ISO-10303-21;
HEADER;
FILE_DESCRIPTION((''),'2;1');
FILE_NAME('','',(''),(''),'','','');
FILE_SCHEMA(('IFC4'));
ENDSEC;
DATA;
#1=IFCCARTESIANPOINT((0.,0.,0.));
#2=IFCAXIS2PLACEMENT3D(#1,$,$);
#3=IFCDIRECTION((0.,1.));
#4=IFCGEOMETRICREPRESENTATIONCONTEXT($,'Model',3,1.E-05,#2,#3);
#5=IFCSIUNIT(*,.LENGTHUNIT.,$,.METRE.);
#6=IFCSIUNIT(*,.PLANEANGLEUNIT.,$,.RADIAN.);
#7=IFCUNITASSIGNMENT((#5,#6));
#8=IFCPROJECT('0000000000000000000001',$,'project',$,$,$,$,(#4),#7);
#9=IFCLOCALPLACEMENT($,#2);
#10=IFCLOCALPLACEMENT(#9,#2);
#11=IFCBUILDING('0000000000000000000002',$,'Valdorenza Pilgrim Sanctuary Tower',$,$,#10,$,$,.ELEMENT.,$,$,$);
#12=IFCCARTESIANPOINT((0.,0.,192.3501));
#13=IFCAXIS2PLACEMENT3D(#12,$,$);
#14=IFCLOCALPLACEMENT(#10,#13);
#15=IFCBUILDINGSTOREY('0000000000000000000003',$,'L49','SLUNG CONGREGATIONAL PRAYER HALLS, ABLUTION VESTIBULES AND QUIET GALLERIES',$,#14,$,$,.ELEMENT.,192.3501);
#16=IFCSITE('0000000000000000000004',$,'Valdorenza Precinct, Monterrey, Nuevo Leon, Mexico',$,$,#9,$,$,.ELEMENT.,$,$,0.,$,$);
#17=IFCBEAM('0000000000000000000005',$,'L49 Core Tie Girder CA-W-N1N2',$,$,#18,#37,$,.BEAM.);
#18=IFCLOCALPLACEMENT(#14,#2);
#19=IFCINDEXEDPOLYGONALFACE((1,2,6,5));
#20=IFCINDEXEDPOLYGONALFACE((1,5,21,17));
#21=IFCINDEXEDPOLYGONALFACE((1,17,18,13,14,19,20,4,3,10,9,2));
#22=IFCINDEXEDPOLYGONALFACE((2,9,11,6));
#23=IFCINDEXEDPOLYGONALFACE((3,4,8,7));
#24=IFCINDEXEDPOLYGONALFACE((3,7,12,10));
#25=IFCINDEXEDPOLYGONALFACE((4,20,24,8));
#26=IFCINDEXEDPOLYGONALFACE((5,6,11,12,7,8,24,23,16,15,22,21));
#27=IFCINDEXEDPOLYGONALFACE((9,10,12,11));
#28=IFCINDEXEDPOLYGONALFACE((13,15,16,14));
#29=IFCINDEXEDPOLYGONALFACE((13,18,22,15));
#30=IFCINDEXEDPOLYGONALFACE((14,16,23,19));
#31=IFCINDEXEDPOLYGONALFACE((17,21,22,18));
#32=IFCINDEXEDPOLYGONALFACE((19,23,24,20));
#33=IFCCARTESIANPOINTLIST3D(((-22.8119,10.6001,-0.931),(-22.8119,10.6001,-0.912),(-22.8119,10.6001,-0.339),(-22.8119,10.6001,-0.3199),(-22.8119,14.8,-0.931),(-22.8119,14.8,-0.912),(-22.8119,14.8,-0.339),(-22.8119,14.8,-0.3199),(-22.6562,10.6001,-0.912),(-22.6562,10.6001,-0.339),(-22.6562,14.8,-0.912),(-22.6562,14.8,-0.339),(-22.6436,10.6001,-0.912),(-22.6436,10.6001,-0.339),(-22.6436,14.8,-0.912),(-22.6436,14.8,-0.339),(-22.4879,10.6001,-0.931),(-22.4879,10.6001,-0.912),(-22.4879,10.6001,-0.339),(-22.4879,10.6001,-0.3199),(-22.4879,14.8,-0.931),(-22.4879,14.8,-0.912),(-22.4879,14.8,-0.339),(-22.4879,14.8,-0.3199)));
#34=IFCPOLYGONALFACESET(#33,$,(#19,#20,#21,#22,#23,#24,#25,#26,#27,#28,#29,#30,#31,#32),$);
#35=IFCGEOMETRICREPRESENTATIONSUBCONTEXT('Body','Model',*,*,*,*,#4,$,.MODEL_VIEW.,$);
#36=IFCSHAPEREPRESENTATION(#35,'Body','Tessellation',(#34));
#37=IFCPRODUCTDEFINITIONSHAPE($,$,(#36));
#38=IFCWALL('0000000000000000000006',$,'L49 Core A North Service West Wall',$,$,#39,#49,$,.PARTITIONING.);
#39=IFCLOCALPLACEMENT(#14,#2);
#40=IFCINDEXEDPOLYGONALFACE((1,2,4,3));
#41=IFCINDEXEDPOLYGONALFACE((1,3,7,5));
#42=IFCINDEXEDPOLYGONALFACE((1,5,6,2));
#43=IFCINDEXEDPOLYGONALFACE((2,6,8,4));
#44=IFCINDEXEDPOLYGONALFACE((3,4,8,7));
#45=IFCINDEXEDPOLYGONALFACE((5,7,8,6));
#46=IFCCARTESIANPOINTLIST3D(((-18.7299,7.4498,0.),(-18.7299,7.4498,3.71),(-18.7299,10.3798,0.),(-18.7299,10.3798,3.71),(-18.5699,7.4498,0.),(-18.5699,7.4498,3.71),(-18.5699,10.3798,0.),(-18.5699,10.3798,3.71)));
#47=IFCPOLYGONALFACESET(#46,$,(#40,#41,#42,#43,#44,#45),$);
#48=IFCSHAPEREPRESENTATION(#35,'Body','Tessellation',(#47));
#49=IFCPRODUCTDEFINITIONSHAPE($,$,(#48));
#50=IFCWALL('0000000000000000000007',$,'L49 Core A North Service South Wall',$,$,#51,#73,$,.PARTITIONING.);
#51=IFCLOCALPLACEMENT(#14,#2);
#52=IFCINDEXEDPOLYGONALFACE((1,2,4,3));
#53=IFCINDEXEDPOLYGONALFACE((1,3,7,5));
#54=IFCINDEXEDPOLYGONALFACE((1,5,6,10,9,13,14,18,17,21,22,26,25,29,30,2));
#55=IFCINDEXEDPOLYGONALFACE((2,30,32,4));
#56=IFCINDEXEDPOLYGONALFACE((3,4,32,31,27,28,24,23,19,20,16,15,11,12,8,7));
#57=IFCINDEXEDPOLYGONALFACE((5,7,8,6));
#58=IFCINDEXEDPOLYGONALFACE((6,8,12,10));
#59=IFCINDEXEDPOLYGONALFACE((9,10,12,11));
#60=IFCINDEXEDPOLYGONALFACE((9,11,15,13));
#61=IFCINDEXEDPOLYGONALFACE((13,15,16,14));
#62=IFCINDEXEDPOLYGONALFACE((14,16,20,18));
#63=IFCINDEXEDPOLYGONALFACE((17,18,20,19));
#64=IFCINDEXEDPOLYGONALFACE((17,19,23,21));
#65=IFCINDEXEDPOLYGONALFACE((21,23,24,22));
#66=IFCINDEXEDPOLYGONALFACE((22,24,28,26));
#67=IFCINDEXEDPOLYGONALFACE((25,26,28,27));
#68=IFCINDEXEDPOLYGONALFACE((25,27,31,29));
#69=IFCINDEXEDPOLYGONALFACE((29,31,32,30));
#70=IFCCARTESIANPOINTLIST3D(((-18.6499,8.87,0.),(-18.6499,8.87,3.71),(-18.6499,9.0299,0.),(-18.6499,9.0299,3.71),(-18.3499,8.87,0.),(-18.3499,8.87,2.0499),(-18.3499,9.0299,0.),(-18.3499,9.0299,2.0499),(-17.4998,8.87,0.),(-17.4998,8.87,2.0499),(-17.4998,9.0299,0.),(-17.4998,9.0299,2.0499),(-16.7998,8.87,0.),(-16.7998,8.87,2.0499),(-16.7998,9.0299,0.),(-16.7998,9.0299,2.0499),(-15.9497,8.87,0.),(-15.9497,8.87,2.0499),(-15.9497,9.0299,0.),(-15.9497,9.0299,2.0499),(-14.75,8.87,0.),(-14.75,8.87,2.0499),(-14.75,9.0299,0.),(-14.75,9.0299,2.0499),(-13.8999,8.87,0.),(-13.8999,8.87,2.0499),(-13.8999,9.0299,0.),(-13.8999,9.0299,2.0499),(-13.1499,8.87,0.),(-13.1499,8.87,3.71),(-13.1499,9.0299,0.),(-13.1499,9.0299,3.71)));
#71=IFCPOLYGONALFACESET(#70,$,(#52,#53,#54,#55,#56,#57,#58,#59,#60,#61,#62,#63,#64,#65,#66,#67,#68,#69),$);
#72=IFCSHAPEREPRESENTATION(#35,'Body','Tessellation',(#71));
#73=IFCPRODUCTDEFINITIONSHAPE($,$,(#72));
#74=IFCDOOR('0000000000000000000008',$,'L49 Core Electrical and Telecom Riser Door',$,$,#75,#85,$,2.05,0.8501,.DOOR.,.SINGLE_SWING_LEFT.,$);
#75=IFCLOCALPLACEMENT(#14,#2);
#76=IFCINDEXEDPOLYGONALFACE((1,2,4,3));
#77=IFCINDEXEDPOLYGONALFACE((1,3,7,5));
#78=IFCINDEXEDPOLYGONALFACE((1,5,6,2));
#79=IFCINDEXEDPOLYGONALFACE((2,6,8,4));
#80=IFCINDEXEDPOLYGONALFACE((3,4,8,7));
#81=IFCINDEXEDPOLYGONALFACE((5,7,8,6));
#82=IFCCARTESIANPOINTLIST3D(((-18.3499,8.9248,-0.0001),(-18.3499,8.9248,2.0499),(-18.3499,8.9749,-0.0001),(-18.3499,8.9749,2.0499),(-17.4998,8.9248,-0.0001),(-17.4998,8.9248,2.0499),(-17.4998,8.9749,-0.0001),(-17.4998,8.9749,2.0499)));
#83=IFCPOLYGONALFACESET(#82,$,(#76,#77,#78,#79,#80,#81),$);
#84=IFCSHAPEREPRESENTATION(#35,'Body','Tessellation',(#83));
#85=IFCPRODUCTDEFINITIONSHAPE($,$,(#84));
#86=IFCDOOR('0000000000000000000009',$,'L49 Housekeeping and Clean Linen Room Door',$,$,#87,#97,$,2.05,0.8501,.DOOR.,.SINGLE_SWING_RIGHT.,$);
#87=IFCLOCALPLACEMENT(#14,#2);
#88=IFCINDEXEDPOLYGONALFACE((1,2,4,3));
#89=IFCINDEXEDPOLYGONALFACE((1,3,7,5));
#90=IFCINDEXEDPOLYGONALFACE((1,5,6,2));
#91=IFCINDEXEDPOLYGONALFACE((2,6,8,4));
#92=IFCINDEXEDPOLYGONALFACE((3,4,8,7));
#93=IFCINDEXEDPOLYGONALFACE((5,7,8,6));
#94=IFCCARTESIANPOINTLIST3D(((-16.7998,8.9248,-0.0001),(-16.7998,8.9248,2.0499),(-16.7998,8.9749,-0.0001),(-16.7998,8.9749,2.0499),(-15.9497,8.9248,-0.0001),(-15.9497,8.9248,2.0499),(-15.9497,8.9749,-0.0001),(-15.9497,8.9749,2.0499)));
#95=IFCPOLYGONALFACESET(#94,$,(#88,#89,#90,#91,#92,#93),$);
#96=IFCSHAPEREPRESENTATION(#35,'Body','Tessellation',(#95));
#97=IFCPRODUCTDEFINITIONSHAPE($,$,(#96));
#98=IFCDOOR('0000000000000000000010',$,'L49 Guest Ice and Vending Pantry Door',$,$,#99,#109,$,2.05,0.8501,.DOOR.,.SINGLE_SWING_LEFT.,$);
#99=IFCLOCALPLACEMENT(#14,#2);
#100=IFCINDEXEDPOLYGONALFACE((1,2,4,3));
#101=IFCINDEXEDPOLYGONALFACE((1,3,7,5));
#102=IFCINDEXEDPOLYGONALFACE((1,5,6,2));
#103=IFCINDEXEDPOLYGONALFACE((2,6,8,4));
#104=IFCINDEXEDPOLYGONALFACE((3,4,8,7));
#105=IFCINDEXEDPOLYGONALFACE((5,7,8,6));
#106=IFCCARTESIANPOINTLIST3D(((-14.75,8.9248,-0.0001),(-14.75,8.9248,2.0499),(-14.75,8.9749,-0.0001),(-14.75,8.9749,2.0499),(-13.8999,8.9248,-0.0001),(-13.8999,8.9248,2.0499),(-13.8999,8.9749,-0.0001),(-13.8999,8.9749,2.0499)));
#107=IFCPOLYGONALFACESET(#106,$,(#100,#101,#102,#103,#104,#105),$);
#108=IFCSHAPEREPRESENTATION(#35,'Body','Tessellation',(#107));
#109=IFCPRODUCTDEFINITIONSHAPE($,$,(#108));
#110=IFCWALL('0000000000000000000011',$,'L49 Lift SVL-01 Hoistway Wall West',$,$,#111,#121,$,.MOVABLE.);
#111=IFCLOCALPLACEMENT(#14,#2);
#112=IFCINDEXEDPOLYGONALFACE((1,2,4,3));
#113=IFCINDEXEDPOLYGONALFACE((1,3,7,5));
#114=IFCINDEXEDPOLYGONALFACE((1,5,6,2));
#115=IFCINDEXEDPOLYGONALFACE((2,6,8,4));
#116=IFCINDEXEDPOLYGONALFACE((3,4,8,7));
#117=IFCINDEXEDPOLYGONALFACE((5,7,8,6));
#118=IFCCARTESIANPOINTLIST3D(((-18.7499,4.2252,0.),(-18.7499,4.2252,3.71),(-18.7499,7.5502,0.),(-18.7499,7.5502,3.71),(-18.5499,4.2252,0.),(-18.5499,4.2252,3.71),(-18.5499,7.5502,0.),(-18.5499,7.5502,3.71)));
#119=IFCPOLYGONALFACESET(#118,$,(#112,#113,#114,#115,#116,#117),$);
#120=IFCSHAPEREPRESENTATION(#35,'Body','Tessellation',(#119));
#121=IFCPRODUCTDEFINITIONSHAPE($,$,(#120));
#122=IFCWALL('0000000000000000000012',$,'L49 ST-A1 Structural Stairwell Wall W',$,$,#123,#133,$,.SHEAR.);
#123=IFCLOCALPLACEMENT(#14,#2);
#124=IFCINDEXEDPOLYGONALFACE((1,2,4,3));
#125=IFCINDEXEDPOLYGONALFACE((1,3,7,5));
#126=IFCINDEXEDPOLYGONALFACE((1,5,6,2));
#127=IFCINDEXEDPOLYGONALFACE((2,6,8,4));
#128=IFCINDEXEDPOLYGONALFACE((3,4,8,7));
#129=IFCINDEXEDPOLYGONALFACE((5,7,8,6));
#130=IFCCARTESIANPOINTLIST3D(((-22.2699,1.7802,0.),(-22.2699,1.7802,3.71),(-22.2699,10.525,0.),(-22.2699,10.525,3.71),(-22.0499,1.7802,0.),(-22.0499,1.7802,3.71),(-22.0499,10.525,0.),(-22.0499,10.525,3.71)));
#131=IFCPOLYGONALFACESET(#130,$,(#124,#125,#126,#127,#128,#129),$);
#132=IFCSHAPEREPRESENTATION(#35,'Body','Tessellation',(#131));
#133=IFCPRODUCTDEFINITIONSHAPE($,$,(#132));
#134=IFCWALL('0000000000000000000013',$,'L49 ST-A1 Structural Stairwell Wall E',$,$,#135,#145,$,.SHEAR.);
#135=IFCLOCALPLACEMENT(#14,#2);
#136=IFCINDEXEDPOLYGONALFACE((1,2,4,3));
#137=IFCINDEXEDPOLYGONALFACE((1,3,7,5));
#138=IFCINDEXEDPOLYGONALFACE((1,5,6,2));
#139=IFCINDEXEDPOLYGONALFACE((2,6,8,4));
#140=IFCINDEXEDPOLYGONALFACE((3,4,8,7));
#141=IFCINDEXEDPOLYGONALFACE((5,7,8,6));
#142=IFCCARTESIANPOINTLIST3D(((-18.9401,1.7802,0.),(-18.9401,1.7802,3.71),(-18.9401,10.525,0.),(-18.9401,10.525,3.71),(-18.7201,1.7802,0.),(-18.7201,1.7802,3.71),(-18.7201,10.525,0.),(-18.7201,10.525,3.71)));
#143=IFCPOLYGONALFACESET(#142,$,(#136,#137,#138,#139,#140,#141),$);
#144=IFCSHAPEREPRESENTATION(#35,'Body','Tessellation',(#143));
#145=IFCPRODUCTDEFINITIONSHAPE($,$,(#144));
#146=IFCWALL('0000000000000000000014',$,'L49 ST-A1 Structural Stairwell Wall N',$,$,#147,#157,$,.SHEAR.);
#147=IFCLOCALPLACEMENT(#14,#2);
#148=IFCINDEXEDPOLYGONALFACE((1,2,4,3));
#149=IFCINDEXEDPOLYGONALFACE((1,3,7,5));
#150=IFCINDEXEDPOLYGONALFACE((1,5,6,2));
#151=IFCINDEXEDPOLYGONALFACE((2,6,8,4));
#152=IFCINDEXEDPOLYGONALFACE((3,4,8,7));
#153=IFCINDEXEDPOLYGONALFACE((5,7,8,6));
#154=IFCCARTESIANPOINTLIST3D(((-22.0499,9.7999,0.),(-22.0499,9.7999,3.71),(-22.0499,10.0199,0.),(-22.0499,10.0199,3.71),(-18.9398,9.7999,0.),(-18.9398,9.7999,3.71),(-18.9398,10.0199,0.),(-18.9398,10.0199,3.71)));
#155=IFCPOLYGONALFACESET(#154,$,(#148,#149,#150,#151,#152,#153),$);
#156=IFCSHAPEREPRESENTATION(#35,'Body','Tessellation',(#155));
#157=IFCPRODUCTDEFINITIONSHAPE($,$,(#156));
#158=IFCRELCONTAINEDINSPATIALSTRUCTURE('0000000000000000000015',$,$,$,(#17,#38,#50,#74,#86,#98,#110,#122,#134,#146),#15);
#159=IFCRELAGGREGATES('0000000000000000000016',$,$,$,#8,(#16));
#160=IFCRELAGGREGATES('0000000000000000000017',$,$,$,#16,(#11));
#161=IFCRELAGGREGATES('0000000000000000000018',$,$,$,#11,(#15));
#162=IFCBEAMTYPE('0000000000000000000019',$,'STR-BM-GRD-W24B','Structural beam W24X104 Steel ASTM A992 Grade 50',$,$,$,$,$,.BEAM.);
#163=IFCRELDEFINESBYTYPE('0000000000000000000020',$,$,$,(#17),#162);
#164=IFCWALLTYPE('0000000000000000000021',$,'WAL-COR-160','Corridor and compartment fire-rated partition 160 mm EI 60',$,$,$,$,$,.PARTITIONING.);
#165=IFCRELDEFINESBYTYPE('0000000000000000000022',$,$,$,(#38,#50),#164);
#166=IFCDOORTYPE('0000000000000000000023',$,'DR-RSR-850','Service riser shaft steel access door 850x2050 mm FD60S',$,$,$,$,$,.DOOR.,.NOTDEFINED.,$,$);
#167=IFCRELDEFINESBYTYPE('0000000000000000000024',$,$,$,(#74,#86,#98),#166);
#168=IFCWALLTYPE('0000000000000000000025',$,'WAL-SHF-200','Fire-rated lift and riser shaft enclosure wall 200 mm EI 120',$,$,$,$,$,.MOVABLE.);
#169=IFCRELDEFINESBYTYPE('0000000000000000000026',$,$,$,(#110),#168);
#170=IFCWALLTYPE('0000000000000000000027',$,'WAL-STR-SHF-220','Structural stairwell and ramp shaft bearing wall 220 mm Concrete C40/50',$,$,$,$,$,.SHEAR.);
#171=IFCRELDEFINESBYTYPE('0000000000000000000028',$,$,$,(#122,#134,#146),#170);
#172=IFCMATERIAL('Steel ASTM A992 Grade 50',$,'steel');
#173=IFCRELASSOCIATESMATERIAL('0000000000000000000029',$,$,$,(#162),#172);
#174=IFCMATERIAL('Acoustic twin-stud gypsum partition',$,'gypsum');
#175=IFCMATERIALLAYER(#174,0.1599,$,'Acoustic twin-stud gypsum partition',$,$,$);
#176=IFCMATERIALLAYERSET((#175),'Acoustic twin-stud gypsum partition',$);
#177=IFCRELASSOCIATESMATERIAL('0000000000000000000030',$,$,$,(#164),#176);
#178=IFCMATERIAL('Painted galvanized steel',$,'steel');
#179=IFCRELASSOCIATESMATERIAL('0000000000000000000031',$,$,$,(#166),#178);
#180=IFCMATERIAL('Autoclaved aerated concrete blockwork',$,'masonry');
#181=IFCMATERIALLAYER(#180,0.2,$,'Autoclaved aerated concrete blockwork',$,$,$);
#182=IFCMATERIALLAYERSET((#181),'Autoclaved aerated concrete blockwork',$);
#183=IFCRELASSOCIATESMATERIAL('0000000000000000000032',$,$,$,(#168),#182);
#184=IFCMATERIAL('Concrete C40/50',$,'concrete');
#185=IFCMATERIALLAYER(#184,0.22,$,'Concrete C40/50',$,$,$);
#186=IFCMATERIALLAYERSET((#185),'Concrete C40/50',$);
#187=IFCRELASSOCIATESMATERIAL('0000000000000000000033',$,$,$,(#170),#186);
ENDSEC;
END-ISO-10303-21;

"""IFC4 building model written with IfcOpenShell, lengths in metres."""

from ifc_helpers import new_model, si_unit, direction, frame, frame_2d, origin, origin_2d, place, context, subcontext, project, spatial, rectangle, i_section, extrude, source, transform, mapped, material, layer, layer_set, material_profile, profile_set, type_object, element, fill, save


model = new_model("IFC4")

# Units and contexts
model_context = context("Model", 3, precision=1e-05, world=origin(), true_north=direction((0.0, 1.0)))
body_context = subcontext(model_context, "Body", "Model", "MODEL_VIEW")
ifc_project = project(units=[si_unit("LENGTHUNIT", "METRE"), si_unit("PLANEANGLEUNIT", "RADIAN")], contexts=[model_context])

# Site, building, storey
site_placement = place(None, origin())
site = spatial("IfcSite", under=ifc_project, at=site_placement, Name="Valdorenza Precinct, Monterrey, Nuevo Leon, Mexico", CompositionType="ELEMENT", RefElevation=0.0)
building_placement = place(site_placement, origin())
building = spatial("IfcBuilding", under=site, at=building_placement, Name="Valdorenza Pilgrim Sanctuary Tower", CompositionType="ELEMENT")
storey_placement = place(building_placement, frame((0.0, 0.0, 192.3501)))
storey = spatial("IfcBuildingStorey", under=building, at=storey_placement, Name="L49", Description="SLUNG CONGREGATIONAL PRAYER HALLS, ABLUTION VESTIBULES AND QUIET GALLERIES", CompositionType="ELEMENT", Elevation=192.3501)

# Beam
ifc_material_1 = material(Name="Steel ASTM A992 Grade 50", Category="steel")
ifc_material_profile = material_profile(ifc_material_1, i_section(OverallWidth=0.324, OverallDepth=0.6111, WebThickness=0.0127, FlangeThickness=0.019, at=origin_2d()), Name="W24X104")
ifc_profile_set = profile_set([ifc_material_profile], Name="Steel ASTM A992 Grade 50")
beam_type = type_object("IfcBeamType", Name="STR-BM-GRD-W24B", Description="Structural beam W24X104 Steel ASTM A992 Grade 50", PredefinedType="BEAM", material=ifc_profile_set)
shared_shape = source(origin(), body_context, "Body", "SweptSolid", [
    extrude(i_section(OverallWidth=0.324, OverallDepth=0.6111, WebThickness=0.0127, FlangeThickness=0.019, at=origin_2d()), origin(), (0.0, 0.0, 1.0), 4.2),
])
beam_placement = place(storey_placement, frame((-22.6499, 10.6001, -0.6255), z_axis=(0.0, 1.0, 0.0), x_axis=(-1.0, 0.0, 0.0)))
element("IfcBeam", 1, at=beam_placement, inside=storey, type_object=beam_type, Name="L49 Core Tie Girder CA-W-N1N2", PredefinedType="BEAM", context=body_context, shape_type="MappedRepresentation", body=[
    mapped(shared_shape, transform((0.0, 0.0, 0.0), x_axis=(1.0, 0.0, 0.0), y_axis=(0.0, 1.0, 0.0), z_axis=(0.0, 0.0, 1.0), scale=1.0)),
])

# Wall
ifc_material_2 = material(Name="Acoustic twin-stud gypsum partition", Category="gypsum")
ifc_layer_1 = layer(ifc_material_2, 0.1599, Name="Acoustic twin-stud gypsum partition")
ifc_layer_set_1 = layer_set([ifc_layer_1], Name="Acoustic twin-stud gypsum partition")
wall_type_1 = type_object("IfcWallType", Name="WAL-COR-160", Description="Corridor and compartment fire-rated partition 160 mm EI 60", PredefinedType="PARTITIONING", material=ifc_layer_set_1)
wall_1_placement = place(storey_placement, frame((-18.6499, 7.45, 0.0), z_axis=(0.0, 0.0, 1.0), x_axis=(0.0, 1.0, 0.0)))
element("IfcWall", 2, at=wall_1_placement, inside=storey, type_object=wall_type_1, Name="L49 Core A North Service West Wall", PredefinedType="PARTITIONING", context=body_context, shape_type="SweptSolid", body=[
    extrude(rectangle(XDim=2.9299, YDim=0.1599, at=frame_2d((1.4648, 0.0))), origin(), (0.0, 0.0, 1.0), 3.71),
])

# Wall, openings, doors
wall_2_placement = place(storey_placement, frame((-18.6499, 8.95, 0.0), z_axis=(0.0, 0.0, 1.0), x_axis=(1.0, 0.0, 0.0)))
wall_2 = element("IfcWall", 3, at=wall_2_placement, inside=storey, type_object=wall_type_1, Name="L49 Core A North Service South Wall", PredefinedType="PARTITIONING", context=body_context, shape_type="SweptSolid", body=[
    extrude(rectangle(XDim=5.5, YDim=0.1599, at=frame_2d((2.75, 0.0))), origin(), (0.0, 0.0, 1.0), 3.71),
])
opening_1_placement = place(wall_2_placement, frame((0.3, 0.0, 0.0)))
opening_1 = element("IfcOpeningElement", 4, at=opening_1_placement, cuts=wall_2, PredefinedType="OPENING", context=body_context, shape_type="SweptSolid", body=[
    extrude(rectangle(XDim=0.8501, YDim=2.05, at=frame_2d((0.425, 1.0249))), frame((0.0, 0.0947, 0.0), z_axis=(0.0, -1.0, 0.0), x_axis=(1.0, 0.0, 0.0)), (0.0, 0.0, 1.0), 0.1897),
])
opening_2_placement = place(wall_2_placement, frame((1.8501, 0.0, 0.0)))
opening_2 = element("IfcOpeningElement", 5, at=opening_2_placement, cuts=wall_2, PredefinedType="OPENING", context=body_context, shape_type="SweptSolid", body=[
    extrude(rectangle(XDim=0.8501, YDim=2.05, at=frame_2d((0.425, 1.0249))), frame((0.0, 0.0947, 0.0), z_axis=(0.0, -1.0, 0.0), x_axis=(1.0, 0.0, 0.0)), (0.0, 0.0, 1.0), 0.1897),
])
opening_3_placement = place(wall_2_placement, frame((3.8999, 0.0, 0.0)))
opening_3 = element("IfcOpeningElement", 6, at=opening_3_placement, cuts=wall_2, PredefinedType="OPENING", context=body_context, shape_type="SweptSolid", body=[
    extrude(rectangle(XDim=0.8501, YDim=2.05, at=frame_2d((0.425, 1.0249))), frame((0.0, 0.0947, 0.0), z_axis=(0.0, -1.0, 0.0), x_axis=(1.0, 0.0, 0.0)), (0.0, 0.0, 1.0), 0.1897),
])
ifc_material_3 = material(Name="Painted galvanized steel", Category="steel")
door_type_1 = type_object("IfcDoorType", Name="DR-RSR-850", Description="Service riser shaft steel access door 850x2050 mm FD60S", OperationType="NOTDEFINED", PredefinedType="DOOR", material=ifc_material_3)
door_1_placement = place(opening_1_placement, origin())
door_1 = element("IfcDoor", 7, at=door_1_placement, inside=storey, type_object=door_type_1, Name="L49 Core Electrical and Telecom Riser Door", OperationType="SINGLE_SWING_LEFT", OverallHeight=2.05, OverallWidth=0.8501, PredefinedType="DOOR", context=body_context, shape_type="SweptSolid", body=[
    extrude(rectangle(XDim=0.8501, YDim=2.05, at=frame_2d((0.425, 1.0249))), frame((0.0, 0.0249, 0.0), z_axis=(0.0, -1.0, 0.0), x_axis=(1.0, 0.0, 0.0)), (0.0, 0.0, 1.0), 0.05),
])
fill(opening_1, door_1)
door_2_placement = place(opening_2_placement, origin())
door_2 = element("IfcDoor", 8, at=door_2_placement, inside=storey, type_object=door_type_1, Name="L49 Housekeeping and Clean Linen Room Door", OperationType="SINGLE_SWING_RIGHT", OverallHeight=2.05, OverallWidth=0.8501, PredefinedType="DOOR", context=body_context, shape_type="SweptSolid", body=[
    extrude(rectangle(XDim=0.8501, YDim=2.05, at=frame_2d((0.425, 1.0249))), frame((0.0, 0.0249, 0.0), z_axis=(0.0, -1.0, 0.0), x_axis=(1.0, 0.0, 0.0)), (0.0, 0.0, 1.0), 0.05),
])
fill(opening_2, door_2)
door_3_placement = place(opening_3_placement, origin())
door_3 = element("IfcDoor", 9, at=door_3_placement, inside=storey, type_object=door_type_1, Name="L49 Guest Ice and Vending Pantry Door", OperationType="SINGLE_SWING_LEFT", OverallHeight=2.05, OverallWidth=0.8501, PredefinedType="DOOR", context=body_context, shape_type="SweptSolid", body=[
    extrude(rectangle(XDim=0.8501, YDim=2.05, at=frame_2d((0.425, 1.0249))), frame((0.0, 0.0249, 0.0), z_axis=(0.0, -1.0, 0.0), x_axis=(1.0, 0.0, 0.0)), (0.0, 0.0, 1.0), 0.05),
])
fill(opening_3, door_3)

# Walls
ifc_material_4 = material(Name="Autoclaved aerated concrete blockwork", Category="masonry")
ifc_layer_2 = layer(ifc_material_4, 0.2, Name="Autoclaved aerated concrete blockwork")
ifc_layer_set_2 = layer_set([ifc_layer_2], Name="Autoclaved aerated concrete blockwork")
wall_type_2 = type_object("IfcWallType", Name="WAL-SHF-200", Description="Fire-rated lift and riser shaft enclosure wall 200 mm EI 120", PredefinedType="MOVABLE", material=ifc_layer_set_2)
wall_3_placement = place(storey_placement, frame((-18.6499, 4.2251, 0.0), z_axis=(0.0, 0.0, 1.0), x_axis=(0.0, 1.0, 0.0)))
element("IfcWall", 10, at=wall_3_placement, inside=storey, type_object=wall_type_2, Name="L49 Lift SVL-01 Hoistway Wall West", PredefinedType="MOVABLE", context=body_context, shape_type="SweptSolid", body=[
    extrude(rectangle(XDim=3.325, YDim=0.2, at=frame_2d((1.6626, 0.0))), origin(), (0.0, 0.0, 1.0), 3.71),
])
ifc_material_5 = material(Name="Concrete C40/50", Category="concrete")
ifc_layer_3 = layer(ifc_material_5, 0.22, Name="Concrete C40/50")
ifc_layer_set_3 = layer_set([ifc_layer_3], Name="Concrete C40/50")
wall_type_3 = type_object("IfcWallType", Name="WAL-STR-SHF-220", Description="Structural stairwell and ramp shaft bearing wall 220 mm Concrete C40/50", PredefinedType="SHEAR", material=ifc_layer_set_3)
for number, where, z_axis, x_axis, name in (
    (11, (-22.1599, 1.78, 0.0), (0.0, 0.0, 1.0), (0.0, 1.0, 0.0), "L49 ST-A1 Structural Stairwell Wall W"),
    (12, (-18.8301, 1.78, 0.0), (0.0, 0.0, 1.0), (0.0, 1.0, 0.0), "L49 ST-A1 Structural Stairwell Wall E"),
):
    element("IfcWall", number, at=place(storey_placement, frame(where, z_axis=z_axis, x_axis=x_axis)), inside=storey, type_object=wall_type_3, Name=name, PredefinedType="SHEAR", context=body_context, shape_type="SweptSolid", body=[
        extrude(rectangle(XDim=8.7449, YDim=0.22, at=frame_2d((4.3726, 0.0))), origin(), (0.0, 0.0, 1.0), 3.71),
    ])

# Wall
wall_4_placement = place(storey_placement, frame((-22.05, 9.9099, 0.0), z_axis=(0.0, 0.0, 1.0), x_axis=(1.0, 0.0, 0.0)))
element("IfcWall", 13, at=wall_4_placement, inside=storey, type_object=wall_type_3, Name="L49 ST-A1 Structural Stairwell Wall N", PredefinedType="SHEAR", context=body_context, shape_type="SweptSolid", body=[
    extrude(rectangle(XDim=3.1101, YDim=0.22, at=frame_2d((1.5552, 0.0))), origin(), (0.0, 0.0, 1.0), 3.71),
])

save(model, "model.ifc")
